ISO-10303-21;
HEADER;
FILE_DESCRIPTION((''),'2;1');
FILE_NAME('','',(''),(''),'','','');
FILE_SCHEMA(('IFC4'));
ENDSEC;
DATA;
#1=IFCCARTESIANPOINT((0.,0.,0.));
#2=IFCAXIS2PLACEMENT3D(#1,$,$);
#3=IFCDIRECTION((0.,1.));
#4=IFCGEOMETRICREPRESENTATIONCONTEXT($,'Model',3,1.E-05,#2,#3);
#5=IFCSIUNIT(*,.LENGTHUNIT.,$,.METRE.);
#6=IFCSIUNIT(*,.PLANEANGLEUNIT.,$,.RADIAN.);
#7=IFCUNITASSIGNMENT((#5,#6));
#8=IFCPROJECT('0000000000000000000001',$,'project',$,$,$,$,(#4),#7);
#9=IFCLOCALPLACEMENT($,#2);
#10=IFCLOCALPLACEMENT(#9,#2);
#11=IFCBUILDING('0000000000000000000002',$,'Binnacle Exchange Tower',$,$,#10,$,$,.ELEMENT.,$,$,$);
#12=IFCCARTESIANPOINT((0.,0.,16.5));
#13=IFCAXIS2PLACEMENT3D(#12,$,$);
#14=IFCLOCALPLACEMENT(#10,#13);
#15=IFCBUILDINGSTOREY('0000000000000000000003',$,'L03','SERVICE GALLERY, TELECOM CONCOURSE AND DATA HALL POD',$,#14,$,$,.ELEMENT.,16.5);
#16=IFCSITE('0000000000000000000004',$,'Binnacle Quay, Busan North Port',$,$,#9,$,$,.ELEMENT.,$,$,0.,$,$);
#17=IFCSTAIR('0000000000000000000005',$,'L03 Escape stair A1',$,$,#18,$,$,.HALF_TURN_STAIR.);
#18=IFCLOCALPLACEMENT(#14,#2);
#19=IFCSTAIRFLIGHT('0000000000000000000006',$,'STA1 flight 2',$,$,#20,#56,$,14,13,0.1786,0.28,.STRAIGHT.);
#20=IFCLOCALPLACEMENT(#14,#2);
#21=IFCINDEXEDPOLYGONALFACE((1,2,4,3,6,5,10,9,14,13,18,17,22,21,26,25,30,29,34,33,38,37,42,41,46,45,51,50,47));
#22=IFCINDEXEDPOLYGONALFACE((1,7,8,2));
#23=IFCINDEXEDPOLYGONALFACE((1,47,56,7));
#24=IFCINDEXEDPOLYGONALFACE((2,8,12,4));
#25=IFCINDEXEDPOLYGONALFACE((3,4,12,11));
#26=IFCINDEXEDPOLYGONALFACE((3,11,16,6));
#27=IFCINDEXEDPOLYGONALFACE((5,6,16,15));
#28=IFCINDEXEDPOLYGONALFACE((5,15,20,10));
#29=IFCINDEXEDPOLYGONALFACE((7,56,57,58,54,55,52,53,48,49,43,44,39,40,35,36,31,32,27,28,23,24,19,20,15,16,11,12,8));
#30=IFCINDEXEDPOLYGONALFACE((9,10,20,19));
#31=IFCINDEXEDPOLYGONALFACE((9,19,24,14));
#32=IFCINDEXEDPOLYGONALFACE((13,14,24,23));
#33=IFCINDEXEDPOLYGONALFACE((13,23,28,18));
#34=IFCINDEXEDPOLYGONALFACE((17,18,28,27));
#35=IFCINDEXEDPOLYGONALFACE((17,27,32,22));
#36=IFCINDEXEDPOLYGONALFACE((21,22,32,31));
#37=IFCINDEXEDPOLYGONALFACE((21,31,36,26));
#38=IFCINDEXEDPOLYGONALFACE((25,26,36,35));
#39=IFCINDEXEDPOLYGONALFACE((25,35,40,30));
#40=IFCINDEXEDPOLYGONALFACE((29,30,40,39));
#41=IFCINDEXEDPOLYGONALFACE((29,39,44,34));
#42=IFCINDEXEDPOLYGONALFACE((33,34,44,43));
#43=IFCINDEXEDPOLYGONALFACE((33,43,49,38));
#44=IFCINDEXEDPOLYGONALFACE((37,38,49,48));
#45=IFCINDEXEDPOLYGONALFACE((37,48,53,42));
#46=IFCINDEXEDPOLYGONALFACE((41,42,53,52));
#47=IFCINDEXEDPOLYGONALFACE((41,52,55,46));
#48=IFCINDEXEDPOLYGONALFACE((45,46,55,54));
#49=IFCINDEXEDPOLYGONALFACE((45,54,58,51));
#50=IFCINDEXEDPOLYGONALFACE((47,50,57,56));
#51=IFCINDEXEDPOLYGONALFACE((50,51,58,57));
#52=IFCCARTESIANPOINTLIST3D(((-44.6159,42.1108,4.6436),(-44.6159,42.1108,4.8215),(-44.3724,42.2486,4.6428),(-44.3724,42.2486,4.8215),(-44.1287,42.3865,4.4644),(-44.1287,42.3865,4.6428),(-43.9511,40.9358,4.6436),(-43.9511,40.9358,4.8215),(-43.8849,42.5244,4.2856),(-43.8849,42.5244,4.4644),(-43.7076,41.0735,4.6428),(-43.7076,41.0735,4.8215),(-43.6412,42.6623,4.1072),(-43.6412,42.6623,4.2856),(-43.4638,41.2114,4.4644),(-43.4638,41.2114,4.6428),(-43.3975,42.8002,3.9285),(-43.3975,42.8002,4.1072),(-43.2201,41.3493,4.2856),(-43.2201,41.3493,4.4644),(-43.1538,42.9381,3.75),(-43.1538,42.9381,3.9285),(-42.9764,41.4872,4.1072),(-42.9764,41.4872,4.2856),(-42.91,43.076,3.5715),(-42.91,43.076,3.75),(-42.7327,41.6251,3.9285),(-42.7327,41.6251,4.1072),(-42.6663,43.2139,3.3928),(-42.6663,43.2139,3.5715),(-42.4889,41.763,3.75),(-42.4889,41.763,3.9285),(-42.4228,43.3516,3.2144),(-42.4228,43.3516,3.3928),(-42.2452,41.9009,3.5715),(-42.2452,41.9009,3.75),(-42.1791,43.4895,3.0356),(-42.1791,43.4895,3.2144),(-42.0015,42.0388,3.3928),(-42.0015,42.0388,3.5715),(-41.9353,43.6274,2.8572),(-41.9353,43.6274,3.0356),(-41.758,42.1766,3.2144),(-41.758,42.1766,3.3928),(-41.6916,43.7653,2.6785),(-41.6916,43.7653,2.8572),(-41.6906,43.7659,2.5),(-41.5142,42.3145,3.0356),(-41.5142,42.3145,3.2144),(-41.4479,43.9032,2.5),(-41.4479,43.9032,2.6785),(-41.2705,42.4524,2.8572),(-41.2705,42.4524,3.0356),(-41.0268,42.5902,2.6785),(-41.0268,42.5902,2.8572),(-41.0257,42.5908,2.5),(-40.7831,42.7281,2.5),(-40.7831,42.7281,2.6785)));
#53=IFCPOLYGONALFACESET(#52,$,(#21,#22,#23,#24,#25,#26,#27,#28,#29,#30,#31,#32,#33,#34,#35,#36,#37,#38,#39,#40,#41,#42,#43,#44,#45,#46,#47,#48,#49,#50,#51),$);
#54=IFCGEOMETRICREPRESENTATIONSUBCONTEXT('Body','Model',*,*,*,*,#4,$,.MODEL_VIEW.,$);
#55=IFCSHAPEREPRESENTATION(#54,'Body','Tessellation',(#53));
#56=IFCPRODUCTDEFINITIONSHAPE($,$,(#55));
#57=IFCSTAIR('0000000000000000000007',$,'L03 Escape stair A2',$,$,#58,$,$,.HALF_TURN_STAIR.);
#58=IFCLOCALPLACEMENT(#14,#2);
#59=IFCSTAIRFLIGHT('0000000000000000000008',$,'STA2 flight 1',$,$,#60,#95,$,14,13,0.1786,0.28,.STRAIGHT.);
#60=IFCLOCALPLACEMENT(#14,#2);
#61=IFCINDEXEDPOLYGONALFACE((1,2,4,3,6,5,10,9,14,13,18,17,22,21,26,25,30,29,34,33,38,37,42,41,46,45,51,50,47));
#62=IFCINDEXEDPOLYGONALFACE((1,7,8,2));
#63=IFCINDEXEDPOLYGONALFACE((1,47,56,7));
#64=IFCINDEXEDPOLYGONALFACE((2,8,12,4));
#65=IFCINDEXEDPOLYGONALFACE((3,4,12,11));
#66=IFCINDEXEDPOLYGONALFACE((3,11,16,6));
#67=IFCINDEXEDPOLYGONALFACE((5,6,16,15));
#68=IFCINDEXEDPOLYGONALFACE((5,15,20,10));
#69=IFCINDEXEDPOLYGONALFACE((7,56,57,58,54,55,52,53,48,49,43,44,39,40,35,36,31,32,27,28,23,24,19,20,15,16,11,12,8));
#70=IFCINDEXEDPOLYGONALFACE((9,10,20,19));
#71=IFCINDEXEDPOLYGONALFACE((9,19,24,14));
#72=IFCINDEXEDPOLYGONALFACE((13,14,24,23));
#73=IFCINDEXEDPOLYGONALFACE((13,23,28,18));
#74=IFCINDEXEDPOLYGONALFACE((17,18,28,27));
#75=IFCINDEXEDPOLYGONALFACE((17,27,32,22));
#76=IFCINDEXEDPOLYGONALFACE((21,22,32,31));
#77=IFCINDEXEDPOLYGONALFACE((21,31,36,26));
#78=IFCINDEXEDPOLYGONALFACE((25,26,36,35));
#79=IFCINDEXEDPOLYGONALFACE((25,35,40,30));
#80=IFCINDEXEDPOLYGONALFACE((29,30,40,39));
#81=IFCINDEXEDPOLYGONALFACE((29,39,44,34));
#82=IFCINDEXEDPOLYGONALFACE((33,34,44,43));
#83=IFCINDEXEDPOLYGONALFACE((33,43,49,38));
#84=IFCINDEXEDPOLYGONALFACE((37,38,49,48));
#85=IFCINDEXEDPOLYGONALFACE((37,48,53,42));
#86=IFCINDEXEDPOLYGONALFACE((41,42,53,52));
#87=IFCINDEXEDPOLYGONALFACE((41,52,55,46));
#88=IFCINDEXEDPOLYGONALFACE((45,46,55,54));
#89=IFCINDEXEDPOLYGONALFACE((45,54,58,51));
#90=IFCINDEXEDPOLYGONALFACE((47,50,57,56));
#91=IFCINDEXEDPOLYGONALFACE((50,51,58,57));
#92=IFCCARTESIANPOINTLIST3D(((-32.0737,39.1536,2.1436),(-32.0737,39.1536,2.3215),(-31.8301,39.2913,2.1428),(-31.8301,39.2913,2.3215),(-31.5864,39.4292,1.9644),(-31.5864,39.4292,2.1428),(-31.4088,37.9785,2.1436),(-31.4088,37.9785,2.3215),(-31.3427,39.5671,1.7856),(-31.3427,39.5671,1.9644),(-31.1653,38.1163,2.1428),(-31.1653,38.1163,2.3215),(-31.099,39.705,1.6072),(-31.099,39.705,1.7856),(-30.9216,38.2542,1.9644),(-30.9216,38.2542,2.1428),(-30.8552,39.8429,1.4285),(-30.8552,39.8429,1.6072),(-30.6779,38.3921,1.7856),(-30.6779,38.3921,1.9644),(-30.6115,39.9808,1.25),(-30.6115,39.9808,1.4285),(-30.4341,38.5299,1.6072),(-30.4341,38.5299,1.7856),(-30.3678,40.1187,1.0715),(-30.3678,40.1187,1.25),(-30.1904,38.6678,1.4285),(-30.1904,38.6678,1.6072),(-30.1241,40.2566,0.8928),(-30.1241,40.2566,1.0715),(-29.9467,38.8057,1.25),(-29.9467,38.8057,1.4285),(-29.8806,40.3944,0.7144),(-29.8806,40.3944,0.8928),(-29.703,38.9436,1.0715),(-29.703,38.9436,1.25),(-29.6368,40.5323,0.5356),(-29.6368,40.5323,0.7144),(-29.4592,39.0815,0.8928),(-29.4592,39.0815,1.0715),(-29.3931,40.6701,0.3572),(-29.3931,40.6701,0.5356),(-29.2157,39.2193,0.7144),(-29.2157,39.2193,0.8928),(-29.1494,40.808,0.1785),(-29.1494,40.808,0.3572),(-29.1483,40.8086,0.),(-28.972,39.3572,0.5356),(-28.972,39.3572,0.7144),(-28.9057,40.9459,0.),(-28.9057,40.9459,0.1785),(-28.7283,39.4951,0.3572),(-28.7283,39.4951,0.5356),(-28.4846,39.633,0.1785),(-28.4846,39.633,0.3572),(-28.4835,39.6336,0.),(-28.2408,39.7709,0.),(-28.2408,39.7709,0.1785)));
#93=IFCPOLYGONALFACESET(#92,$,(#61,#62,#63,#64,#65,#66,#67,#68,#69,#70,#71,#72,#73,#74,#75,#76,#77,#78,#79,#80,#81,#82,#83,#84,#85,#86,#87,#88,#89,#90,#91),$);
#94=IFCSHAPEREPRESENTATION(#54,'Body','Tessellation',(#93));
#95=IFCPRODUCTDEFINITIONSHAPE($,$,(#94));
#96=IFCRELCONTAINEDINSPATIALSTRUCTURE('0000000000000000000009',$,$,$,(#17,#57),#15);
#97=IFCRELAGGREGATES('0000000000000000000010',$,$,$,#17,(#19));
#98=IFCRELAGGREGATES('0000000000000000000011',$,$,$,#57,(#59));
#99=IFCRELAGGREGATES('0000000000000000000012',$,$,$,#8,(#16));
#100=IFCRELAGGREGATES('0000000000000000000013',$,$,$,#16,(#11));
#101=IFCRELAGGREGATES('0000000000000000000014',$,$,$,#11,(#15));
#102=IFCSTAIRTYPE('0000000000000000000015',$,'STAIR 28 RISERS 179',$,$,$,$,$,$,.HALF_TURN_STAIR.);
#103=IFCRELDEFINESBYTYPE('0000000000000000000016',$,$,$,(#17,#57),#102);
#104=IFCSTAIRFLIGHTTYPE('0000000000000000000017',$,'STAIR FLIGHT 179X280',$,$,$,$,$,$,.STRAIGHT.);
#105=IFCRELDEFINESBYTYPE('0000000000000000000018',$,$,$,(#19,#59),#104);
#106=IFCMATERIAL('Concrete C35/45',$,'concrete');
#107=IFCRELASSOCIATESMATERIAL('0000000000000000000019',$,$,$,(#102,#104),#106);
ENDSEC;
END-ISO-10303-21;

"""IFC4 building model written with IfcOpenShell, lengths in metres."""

from ifc_helpers import new_model, si_unit, direction, frame, origin, place, context, subcontext, project, spatial, polyline, outline, extrude, material, type_object, element, aggregate, save


model = new_model("IFC4")

# Units and contexts
model_context = context("Model", 3, precision=1e-05, world=origin(), true_north=direction((0.0, 1.0)))
body_context = subcontext(model_context, "Body", "Model", "MODEL_VIEW")
ifc_project = project(units=[si_unit("LENGTHUNIT", "METRE"), si_unit("PLANEANGLEUNIT", "RADIAN")], contexts=[model_context])

# Site, building, storey
site_placement = place(None, origin())
site = spatial("IfcSite", under=ifc_project, at=site_placement, Name="Binnacle Quay, Busan North Port", CompositionType="ELEMENT", RefElevation=0.0)
building_placement = place(site_placement, origin())
building = spatial("IfcBuilding", under=site, at=building_placement, Name="Binnacle Exchange Tower", CompositionType="ELEMENT")
storey_placement = place(building_placement, frame((0.0, 0.0, 16.5)))
storey = spatial("IfcBuildingStorey", under=building, at=storey_placement, Name="L03", Description="SERVICE GALLERY, TELECOM CONCOURSE AND DATA HALL POD", CompositionType="ELEMENT", Elevation=16.5)

# Stairs, stair flights
ifc_material_1 = material(Name="Concrete C35/45", Category="concrete")
stair_type = type_object("IfcStairType", Name="STAIR 28 RISERS 179", PredefinedType="HALF_TURN_STAIR", material=ifc_material_1)
stair_1_placement = place(storey_placement, origin())
stair_1 = element("IfcStair", 1, at=stair_1_placement, inside=storey, type_object=stair_type, Name="L03 Escape stair A1", PredefinedType="HALF_TURN_STAIR")
stair_flight_type = type_object("IfcStairFlightType", Name="STAIR FLIGHT 179X280", PredefinedType="STRAIGHT", material=ifc_material_1)
stair_flight_1_placement = place(storey_placement, frame((-41.1155, 43.3157, 2.5), z_axis=(0.0, 0.0, 1.0), x_axis=(-0.870356, -0.492424, 0.0)))
stair_flight_1 = element("IfcStairFlight", 2, at=stair_flight_1_placement, type_object=stair_flight_type, Name="STA1 flight 2", NumberOfRisers=14, NumberOfTreads=13, PredefinedType="STRAIGHT", RiserHeight=0.1786, TreadLength=0.28, context=body_context, shape_type="SweptSolid", body=[
    extrude(outline(polyline([(0.0, 0.0), (0.0, 0.1785), (0.28, 0.1785), (0.28, 0.3572), (0.5601, 0.3572), (0.5601, 0.5356), (0.8401, 0.5356), (0.8401, 0.7144), (1.1201, 0.7144), (1.1201, 0.8928), (1.3999, 0.8928), (1.3999, 1.0715), (1.6799, 1.0715), (1.6799, 1.25), (1.96, 1.25), (1.96, 1.4285), (2.24, 1.4285), (2.24, 1.6072), (2.52, 1.6072), (2.52, 1.7856), (2.8, 1.7856), (2.8, 1.9644), (3.0801, 1.9644), (3.0801, 2.1428), (3.3601, 2.1428), (3.3601, 2.3215), (3.6399, 2.3215), (3.6399, 2.5), (3.6399, 2.1436), (0.2788, 0.0), (0.0, 0.0)])), frame((0.0, 0.675, 0.0), z_axis=(0.0, -1.0, 0.0), x_axis=(1.0, 0.0, 0.0)), (0.0, 0.0, 1.0), 1.3501),
])
aggregate(stair_1, [stair_flight_1])
stair_2_placement = place(storey_placement, origin())
stair_2 = element("IfcStair", 3, at=stair_2_placement, inside=storey, type_object=stair_type, Name="L03 Escape stair A2", PredefinedType="HALF_TURN_STAIR")
stair_flight_2_placement = place(storey_placement, frame((-28.5732, 40.3584, 0.0), z_axis=(0.0, 0.0, 1.0), x_axis=(-0.870356, -0.492424, 0.0)))
stair_flight_2 = element("IfcStairFlight", 4, at=stair_flight_2_placement, type_object=stair_flight_type, Name="STA2 flight 1", NumberOfRisers=14, NumberOfTreads=13, PredefinedType="STRAIGHT", RiserHeight=0.1786, TreadLength=0.28, context=body_context, shape_type="SweptSolid", body=[
    extrude(outline(polyline([(0.0, 0.0), (0.0, 0.1785), (0.28, 0.1785), (0.28, 0.3572), (0.5601, 0.3572), (0.5601, 0.5356), (0.8401, 0.5356), (0.8401, 0.7144), (1.1201, 0.7144), (1.1201, 0.8928), (1.3999, 0.8928), (1.3999, 1.0715), (1.6799, 1.0715), (1.6799, 1.25), (1.96, 1.25), (1.96, 1.4285), (2.24, 1.4285), (2.24, 1.6072), (2.52, 1.6072), (2.52, 1.7856), (2.8, 1.7856), (2.8, 1.9644), (3.0801, 1.9644), (3.0801, 2.1428), (3.3601, 2.1428), (3.3601, 2.3215), (3.6399, 2.3215), (3.6399, 2.5), (3.6399, 2.1436), (0.2788, 0.0), (0.0, 0.0)])), frame((0.0, 0.675, 0.0), z_axis=(0.0, -1.0, 0.0), x_axis=(1.0, 0.0, 0.0)), (0.0, 0.0, 1.0), 1.3501),
])
aggregate(stair_2, [stair_flight_2])

save(model, "model.ifc")
